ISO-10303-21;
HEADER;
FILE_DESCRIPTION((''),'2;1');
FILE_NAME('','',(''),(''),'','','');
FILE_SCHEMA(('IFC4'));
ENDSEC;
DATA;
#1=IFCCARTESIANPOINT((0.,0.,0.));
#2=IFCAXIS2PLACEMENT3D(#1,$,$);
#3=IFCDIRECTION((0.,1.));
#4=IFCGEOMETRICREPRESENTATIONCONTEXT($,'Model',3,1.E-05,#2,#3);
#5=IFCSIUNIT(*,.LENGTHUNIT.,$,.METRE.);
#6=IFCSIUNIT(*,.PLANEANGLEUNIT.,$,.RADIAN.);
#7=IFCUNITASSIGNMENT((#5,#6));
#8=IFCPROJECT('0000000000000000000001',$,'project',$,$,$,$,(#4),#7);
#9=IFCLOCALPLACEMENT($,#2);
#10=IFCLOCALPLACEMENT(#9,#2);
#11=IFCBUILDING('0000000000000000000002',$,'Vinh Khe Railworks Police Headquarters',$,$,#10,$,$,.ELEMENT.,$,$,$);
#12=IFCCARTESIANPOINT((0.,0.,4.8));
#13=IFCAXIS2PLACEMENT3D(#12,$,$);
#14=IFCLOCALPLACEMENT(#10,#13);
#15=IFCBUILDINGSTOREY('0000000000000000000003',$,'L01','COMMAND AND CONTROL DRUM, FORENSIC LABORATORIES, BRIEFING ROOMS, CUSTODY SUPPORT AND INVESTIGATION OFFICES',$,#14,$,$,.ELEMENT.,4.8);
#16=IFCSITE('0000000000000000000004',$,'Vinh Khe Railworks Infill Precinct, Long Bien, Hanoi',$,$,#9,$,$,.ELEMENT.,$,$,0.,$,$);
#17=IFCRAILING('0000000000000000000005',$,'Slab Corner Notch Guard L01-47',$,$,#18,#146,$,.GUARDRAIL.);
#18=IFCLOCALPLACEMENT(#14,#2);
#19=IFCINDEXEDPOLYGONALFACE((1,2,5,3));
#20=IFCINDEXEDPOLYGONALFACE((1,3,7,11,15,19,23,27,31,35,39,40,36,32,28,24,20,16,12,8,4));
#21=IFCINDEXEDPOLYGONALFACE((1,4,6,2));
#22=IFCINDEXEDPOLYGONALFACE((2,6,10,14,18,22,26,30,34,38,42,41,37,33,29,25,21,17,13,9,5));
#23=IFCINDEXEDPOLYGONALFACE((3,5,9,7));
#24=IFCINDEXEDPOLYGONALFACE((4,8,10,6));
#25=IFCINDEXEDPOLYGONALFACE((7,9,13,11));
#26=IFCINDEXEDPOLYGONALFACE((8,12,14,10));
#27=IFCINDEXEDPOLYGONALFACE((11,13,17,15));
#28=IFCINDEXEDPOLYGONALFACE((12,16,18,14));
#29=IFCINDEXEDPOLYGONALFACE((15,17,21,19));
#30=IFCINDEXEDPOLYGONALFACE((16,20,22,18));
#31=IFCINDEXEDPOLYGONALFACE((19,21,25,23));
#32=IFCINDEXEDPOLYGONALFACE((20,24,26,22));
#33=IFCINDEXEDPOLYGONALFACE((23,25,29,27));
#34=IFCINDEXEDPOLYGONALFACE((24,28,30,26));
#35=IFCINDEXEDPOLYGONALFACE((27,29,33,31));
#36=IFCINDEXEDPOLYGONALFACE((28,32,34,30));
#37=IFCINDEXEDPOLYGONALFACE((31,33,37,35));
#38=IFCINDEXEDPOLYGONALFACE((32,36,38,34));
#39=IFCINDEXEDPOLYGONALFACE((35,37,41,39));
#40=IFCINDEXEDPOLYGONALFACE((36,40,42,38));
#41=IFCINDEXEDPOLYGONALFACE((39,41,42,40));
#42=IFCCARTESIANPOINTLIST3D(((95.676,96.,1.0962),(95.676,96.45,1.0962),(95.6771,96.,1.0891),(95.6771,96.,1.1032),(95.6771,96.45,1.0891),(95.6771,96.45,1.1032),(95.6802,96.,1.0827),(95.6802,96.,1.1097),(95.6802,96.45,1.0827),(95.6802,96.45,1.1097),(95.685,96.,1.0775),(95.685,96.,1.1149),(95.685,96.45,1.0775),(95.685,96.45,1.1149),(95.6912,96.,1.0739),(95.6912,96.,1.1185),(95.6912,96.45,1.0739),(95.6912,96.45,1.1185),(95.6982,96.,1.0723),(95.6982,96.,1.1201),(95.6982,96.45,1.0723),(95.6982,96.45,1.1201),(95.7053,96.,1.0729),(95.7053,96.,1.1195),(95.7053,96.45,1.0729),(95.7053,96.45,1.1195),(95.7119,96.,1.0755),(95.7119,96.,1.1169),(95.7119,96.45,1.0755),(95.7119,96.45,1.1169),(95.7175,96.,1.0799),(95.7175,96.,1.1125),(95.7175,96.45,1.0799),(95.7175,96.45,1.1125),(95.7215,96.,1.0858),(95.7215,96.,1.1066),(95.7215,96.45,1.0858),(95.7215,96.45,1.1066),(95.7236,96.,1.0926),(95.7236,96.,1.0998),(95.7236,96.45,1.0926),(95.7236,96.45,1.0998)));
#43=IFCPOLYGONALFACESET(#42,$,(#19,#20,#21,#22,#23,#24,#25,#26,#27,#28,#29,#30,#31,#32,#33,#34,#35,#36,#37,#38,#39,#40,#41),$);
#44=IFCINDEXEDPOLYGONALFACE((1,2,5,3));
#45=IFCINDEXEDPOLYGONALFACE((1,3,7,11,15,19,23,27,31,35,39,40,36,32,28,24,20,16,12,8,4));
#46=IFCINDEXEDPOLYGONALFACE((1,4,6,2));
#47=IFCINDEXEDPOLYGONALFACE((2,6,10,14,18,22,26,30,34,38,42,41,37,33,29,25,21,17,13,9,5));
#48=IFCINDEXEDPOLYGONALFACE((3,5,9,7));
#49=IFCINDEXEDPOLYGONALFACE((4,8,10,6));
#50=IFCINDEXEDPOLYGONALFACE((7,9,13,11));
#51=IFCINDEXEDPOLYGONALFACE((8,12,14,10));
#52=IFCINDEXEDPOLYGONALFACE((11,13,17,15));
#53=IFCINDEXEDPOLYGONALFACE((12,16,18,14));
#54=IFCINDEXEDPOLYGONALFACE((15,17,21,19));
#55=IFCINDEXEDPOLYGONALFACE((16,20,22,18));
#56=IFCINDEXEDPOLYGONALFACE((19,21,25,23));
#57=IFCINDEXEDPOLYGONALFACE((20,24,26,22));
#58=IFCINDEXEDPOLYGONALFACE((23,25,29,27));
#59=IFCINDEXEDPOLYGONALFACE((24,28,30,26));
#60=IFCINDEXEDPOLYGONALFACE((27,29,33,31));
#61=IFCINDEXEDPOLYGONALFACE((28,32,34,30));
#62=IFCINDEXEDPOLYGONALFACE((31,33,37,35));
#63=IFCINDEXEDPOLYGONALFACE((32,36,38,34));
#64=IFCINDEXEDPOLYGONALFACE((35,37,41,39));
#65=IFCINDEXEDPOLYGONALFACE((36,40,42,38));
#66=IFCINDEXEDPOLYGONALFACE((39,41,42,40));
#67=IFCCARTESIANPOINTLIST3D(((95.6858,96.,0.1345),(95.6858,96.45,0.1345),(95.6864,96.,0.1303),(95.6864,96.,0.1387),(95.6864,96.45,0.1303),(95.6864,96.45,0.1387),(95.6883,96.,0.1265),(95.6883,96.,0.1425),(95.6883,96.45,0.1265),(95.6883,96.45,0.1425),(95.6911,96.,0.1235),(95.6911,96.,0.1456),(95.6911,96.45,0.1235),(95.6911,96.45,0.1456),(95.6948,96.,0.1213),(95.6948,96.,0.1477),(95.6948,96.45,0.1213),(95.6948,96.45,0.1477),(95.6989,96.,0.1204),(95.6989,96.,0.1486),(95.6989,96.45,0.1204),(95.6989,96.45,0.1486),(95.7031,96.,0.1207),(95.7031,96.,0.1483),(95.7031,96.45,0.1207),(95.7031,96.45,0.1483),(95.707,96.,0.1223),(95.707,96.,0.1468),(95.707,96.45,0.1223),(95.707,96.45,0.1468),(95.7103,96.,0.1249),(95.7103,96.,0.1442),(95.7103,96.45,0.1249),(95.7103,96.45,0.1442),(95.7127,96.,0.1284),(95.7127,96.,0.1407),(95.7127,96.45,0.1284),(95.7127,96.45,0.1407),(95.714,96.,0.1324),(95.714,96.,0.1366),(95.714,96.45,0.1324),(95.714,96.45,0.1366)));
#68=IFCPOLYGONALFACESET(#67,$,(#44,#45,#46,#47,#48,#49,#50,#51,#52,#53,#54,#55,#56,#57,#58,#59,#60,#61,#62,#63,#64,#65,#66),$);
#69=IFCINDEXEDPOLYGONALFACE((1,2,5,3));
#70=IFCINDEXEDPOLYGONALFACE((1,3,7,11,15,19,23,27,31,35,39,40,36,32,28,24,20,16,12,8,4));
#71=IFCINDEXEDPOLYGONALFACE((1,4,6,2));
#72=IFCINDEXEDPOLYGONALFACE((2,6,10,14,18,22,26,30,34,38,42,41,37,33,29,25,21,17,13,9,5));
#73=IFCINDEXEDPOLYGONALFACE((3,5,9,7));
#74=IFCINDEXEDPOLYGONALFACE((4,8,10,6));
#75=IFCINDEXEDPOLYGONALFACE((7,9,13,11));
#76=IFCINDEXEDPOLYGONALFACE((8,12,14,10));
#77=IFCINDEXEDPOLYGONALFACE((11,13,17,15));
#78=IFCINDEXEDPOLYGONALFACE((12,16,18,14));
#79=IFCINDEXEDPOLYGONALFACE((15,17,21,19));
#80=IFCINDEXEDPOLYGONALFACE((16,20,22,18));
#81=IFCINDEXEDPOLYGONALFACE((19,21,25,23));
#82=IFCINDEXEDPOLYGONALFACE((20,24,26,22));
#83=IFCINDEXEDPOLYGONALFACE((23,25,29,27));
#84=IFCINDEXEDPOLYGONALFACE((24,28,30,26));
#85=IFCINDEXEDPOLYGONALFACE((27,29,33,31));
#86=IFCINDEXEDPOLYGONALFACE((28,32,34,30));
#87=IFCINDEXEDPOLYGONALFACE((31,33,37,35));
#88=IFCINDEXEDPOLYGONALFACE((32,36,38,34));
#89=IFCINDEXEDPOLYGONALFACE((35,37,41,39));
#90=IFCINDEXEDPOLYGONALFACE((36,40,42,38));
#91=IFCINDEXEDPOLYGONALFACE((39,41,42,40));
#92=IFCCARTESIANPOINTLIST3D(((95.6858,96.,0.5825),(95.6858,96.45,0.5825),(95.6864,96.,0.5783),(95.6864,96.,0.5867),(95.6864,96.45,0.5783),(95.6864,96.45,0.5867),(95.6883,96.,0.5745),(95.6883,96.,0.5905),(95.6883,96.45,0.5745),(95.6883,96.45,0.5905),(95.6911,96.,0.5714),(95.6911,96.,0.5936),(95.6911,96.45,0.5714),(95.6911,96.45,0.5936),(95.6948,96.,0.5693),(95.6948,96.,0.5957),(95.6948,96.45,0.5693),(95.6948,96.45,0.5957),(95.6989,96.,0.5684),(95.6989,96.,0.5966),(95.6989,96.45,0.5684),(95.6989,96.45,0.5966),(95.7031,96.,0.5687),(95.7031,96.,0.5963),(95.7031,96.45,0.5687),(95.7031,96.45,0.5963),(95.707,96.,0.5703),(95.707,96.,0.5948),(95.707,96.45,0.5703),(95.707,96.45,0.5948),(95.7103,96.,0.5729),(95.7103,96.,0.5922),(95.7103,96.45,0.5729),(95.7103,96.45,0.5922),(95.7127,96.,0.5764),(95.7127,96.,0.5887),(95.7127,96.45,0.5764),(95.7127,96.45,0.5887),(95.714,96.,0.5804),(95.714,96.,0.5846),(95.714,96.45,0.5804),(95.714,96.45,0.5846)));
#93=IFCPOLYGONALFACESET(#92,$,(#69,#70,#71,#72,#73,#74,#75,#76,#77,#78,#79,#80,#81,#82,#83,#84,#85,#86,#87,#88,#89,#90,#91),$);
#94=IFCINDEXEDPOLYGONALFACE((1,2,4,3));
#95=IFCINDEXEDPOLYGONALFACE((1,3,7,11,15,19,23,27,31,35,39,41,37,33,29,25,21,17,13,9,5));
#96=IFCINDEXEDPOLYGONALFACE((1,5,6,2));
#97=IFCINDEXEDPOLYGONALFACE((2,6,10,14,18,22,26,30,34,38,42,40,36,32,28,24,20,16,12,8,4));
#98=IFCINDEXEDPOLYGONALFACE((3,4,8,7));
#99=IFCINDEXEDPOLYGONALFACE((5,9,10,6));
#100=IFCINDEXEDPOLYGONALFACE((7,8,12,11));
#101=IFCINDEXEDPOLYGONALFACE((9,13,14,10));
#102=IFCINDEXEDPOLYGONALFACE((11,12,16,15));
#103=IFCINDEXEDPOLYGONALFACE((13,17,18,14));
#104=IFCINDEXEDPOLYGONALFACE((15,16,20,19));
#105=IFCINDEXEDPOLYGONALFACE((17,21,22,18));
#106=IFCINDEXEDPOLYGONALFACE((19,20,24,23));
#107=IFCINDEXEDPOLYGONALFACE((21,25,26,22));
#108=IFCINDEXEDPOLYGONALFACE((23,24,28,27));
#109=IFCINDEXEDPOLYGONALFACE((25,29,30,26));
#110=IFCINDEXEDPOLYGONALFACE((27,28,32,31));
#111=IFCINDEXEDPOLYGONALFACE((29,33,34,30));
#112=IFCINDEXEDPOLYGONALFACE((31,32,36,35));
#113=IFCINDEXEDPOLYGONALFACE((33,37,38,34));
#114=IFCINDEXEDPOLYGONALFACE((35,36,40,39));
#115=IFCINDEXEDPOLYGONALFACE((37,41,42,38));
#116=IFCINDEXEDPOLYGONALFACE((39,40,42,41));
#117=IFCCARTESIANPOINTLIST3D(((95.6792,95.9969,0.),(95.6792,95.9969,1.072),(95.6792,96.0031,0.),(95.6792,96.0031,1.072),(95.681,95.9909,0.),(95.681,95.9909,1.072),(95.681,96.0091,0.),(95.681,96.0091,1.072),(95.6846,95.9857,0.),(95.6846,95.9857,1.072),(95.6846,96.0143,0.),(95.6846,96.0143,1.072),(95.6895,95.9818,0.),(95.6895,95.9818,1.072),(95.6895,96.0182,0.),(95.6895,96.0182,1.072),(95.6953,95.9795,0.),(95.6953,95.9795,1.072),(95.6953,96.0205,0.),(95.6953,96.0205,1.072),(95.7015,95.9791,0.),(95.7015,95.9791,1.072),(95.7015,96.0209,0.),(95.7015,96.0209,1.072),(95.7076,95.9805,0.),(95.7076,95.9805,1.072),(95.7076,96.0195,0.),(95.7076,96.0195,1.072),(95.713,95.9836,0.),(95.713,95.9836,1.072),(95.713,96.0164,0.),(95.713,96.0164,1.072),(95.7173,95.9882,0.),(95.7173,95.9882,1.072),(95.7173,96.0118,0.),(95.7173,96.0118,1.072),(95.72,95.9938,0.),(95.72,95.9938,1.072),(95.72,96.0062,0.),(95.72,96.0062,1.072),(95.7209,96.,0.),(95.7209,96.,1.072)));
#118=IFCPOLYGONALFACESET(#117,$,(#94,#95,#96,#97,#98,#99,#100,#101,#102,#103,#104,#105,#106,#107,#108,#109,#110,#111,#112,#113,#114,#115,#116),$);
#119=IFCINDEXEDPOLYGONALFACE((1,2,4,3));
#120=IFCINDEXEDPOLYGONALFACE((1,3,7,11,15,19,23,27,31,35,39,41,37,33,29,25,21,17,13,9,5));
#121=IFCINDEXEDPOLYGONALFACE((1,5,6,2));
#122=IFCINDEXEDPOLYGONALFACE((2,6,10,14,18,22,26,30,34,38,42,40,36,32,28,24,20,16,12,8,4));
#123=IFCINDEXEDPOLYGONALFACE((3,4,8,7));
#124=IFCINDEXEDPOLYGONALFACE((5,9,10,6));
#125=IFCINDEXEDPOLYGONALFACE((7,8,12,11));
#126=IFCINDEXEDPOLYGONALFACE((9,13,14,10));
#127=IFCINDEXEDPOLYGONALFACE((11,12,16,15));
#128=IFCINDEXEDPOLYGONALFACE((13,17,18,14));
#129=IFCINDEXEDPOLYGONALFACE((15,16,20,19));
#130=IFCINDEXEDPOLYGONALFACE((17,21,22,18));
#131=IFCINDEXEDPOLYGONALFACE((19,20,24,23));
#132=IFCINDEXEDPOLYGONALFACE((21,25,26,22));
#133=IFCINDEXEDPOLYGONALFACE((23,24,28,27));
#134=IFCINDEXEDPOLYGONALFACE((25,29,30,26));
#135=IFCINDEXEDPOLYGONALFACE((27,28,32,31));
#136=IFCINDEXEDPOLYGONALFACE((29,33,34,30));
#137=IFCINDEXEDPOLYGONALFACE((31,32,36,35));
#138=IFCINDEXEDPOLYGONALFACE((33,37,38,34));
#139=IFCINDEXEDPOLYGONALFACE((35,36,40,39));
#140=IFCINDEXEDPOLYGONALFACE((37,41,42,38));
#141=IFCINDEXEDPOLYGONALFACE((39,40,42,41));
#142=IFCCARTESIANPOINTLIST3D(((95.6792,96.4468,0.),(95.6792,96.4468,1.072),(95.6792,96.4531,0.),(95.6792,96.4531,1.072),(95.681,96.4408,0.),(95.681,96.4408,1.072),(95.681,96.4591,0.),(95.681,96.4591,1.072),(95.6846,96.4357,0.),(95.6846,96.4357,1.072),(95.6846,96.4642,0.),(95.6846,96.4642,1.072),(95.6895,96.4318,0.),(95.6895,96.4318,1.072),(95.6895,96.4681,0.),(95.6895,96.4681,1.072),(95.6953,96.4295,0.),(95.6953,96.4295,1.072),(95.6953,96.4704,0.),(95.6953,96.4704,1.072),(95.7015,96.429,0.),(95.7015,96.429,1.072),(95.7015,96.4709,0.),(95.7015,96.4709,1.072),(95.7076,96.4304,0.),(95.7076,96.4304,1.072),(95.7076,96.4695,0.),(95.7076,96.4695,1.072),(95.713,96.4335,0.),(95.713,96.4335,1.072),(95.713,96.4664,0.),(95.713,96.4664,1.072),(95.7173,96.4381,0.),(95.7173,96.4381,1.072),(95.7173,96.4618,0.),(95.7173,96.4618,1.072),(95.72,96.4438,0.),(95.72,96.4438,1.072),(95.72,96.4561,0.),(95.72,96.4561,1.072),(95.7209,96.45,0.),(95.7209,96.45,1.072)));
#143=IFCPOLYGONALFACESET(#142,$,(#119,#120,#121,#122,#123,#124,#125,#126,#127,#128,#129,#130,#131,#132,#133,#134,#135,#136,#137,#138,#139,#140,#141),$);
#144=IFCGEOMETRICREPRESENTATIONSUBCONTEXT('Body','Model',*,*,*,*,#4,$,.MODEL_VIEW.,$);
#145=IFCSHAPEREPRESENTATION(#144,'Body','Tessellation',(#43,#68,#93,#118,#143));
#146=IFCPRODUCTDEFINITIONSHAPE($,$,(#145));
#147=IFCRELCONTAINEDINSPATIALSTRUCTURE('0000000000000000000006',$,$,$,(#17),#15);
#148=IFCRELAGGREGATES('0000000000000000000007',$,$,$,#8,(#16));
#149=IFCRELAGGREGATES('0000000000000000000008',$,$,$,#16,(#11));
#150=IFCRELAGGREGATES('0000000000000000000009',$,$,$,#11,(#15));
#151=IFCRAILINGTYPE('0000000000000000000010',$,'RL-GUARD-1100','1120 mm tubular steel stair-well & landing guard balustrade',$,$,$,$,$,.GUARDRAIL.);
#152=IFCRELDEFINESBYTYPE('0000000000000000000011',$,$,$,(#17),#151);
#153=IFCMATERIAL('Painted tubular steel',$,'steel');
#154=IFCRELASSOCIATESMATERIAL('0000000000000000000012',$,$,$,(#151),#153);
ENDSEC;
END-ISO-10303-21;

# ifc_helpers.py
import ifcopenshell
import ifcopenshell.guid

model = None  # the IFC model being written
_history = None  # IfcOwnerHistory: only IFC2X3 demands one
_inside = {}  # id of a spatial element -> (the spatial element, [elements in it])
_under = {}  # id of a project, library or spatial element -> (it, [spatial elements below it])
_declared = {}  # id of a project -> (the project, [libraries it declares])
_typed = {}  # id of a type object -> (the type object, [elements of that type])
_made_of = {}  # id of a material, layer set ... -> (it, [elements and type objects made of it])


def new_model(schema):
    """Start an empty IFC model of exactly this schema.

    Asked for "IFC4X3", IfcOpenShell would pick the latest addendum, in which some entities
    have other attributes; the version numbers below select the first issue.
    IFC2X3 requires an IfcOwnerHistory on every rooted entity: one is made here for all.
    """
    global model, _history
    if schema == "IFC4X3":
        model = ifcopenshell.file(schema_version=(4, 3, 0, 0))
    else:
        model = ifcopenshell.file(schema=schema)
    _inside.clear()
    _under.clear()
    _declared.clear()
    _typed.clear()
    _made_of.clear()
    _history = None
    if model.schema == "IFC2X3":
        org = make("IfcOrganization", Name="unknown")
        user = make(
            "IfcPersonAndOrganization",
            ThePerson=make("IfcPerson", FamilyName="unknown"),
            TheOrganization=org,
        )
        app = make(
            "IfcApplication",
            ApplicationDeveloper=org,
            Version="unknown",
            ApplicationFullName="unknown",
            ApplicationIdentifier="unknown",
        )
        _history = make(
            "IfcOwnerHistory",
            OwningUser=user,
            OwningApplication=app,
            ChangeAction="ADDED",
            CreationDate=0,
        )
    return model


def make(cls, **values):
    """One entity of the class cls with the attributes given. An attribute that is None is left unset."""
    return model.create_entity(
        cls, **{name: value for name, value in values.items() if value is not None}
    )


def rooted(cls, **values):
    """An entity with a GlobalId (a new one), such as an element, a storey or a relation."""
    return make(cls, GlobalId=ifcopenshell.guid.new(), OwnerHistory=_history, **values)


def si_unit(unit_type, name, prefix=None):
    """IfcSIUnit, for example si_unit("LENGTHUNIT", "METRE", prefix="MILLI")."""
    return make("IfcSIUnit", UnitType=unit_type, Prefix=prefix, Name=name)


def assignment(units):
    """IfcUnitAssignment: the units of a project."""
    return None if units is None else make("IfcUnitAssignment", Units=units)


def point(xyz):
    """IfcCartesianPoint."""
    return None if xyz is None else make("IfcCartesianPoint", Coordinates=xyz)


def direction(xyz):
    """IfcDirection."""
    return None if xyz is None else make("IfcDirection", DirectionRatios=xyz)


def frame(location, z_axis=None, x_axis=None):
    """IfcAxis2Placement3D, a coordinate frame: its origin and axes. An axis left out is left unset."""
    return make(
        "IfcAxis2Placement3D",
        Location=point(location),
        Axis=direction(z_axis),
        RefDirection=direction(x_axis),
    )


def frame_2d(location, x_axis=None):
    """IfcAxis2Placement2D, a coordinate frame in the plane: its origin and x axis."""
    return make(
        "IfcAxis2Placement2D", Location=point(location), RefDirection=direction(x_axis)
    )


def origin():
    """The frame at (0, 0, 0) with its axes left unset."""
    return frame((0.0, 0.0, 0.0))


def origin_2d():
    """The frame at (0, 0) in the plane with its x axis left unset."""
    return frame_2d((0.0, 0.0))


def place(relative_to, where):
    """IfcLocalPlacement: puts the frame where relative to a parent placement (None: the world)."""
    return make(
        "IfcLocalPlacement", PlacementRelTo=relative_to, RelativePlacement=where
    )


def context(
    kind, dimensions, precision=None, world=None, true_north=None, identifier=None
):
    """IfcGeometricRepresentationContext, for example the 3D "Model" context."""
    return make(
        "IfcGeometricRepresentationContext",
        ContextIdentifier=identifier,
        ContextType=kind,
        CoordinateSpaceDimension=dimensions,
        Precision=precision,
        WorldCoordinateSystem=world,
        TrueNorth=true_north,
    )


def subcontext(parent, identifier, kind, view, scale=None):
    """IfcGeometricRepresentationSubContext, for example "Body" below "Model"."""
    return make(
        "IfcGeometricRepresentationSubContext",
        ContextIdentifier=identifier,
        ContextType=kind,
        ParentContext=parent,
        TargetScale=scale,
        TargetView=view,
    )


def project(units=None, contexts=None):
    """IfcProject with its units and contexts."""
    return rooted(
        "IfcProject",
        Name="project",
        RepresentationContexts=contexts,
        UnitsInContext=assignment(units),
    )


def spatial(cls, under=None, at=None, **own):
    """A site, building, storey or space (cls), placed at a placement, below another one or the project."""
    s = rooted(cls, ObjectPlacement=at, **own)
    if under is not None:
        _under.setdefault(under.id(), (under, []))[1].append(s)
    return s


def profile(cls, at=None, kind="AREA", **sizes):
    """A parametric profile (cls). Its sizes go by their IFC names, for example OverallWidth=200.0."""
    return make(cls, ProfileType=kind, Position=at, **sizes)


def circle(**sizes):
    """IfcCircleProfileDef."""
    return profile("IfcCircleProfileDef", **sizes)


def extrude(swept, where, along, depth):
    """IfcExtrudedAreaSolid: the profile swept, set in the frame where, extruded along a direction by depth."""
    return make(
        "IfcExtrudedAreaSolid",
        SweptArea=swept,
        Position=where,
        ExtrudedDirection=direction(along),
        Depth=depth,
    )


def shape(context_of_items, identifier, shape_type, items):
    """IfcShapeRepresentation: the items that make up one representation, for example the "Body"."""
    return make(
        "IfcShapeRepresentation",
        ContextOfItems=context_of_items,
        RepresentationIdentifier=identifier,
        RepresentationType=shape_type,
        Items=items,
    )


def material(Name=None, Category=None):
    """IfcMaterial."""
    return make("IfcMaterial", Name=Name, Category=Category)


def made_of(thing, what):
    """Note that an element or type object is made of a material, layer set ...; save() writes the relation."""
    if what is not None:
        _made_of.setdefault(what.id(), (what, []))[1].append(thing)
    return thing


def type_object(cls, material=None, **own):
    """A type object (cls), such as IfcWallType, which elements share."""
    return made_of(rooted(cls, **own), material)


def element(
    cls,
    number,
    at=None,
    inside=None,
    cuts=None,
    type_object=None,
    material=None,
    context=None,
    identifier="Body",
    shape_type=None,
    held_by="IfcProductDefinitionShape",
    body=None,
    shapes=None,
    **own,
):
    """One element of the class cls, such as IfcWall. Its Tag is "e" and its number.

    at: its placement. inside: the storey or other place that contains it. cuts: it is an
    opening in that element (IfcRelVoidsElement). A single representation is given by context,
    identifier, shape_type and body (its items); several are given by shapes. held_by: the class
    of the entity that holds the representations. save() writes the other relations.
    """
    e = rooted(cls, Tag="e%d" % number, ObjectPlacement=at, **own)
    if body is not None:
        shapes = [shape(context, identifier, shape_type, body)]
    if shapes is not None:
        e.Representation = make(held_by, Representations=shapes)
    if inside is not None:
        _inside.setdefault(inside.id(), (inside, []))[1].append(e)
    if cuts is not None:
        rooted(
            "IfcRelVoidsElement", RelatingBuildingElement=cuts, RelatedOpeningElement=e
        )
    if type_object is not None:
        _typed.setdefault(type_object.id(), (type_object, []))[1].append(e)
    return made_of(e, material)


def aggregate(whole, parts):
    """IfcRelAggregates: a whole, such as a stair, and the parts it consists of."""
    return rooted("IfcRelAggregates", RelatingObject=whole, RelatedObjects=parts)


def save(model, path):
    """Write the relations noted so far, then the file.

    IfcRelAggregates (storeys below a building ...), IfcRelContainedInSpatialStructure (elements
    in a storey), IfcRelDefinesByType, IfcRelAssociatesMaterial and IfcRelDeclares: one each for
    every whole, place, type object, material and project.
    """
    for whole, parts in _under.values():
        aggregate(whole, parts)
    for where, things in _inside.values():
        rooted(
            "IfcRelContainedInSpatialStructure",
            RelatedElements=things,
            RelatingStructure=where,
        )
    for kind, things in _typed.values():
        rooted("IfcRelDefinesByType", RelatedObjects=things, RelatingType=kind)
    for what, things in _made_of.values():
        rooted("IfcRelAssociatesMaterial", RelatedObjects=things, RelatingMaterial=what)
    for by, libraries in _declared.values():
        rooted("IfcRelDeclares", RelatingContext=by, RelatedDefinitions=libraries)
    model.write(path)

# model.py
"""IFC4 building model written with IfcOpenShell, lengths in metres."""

from ifc_helpers import new_model, si_unit, direction, frame, origin, origin_2d, place, context, subcontext, project, spatial, circle, extrude, material, type_object, element, save


model = new_model("IFC4")

# Units and contexts
model_context = context("Model", 3, precision=1e-05, world=origin(), true_north=direction((0.0, 1.0)))
body_context = subcontext(model_context, "Body", "Model", "MODEL_VIEW")
ifc_project = project(units=[si_unit("LENGTHUNIT", "METRE"), si_unit("PLANEANGLEUNIT", "RADIAN")], contexts=[model_context])

# Site, building, storey
site_placement = place(None, origin())
site = spatial("IfcSite", under=ifc_project, at=site_placement, Name="Vinh Khe Railworks Infill Precinct, Long Bien, Hanoi", CompositionType="ELEMENT", RefElevation=0.0)
building_placement = place(site_placement, origin())
building = spatial("IfcBuilding", under=site, at=building_placement, Name="Vinh Khe Railworks Police Headquarters", CompositionType="ELEMENT")
storey_placement = place(building_placement, frame((0.0, 0.0, 4.8)))
storey = spatial("IfcBuildingStorey", under=building, at=storey_placement, Name="L01", Description="COMMAND AND CONTROL DRUM, FORENSIC LABORATORIES, BRIEFING ROOMS, CUSTODY SUPPORT AND INVESTIGATION OFFICES", CompositionType="ELEMENT", Elevation=4.8)

# Railing
ifc_material_1 = material(Name="Painted tubular steel", Category="steel")
railing_type = type_object("IfcRailingType", Name="RL-GUARD-1100", Description="1120 mm tubular steel stair-well & landing guard balustrade", PredefinedType="GUARDRAIL", material=ifc_material_1)
railing_1_placement = place(storey_placement, frame((95.7, 96.0, 0.0)))
element("IfcRailing", 1, at=railing_1_placement, inside=storey, type_object=railing_type, Name="Slab Corner Notch Guard L01-47", PredefinedType="GUARDRAIL", context=body_context, shape_type="SweptSolid", body=[
    extrude(circle(Radius=0.0239, at=origin_2d()), frame((0.0, 0.0, 1.0962), z_axis=(0.0, 1.0, 0.0), x_axis=(-1.0, 0.0, 0.0)), (0.0, 0.0, 1.0), 0.45),
    extrude(circle(Radius=0.0142, at=origin_2d()), frame((0.0, 0.0, 0.1345), z_axis=(0.0, 1.0, 0.0), x_axis=(-1.0, 0.0, 0.0)), (0.0, 0.0, 1.0), 0.45),
    extrude(circle(Radius=0.0142, at=origin_2d()), frame((0.0, 0.0, 0.5825), z_axis=(0.0, 1.0, 0.0), x_axis=(-1.0, 0.0, 0.0)), (0.0, 0.0, 1.0), 0.45),
    extrude(circle(Radius=0.021, at=origin_2d()), origin(), (0.0, 0.0, 1.0), 1.072),
    extrude(circle(Radius=0.021, at=origin_2d()), frame((0.0, 0.45, 0.0)), (0.0, 0.0, 1.0), 1.072),
])

save(model, "model.ifc")
